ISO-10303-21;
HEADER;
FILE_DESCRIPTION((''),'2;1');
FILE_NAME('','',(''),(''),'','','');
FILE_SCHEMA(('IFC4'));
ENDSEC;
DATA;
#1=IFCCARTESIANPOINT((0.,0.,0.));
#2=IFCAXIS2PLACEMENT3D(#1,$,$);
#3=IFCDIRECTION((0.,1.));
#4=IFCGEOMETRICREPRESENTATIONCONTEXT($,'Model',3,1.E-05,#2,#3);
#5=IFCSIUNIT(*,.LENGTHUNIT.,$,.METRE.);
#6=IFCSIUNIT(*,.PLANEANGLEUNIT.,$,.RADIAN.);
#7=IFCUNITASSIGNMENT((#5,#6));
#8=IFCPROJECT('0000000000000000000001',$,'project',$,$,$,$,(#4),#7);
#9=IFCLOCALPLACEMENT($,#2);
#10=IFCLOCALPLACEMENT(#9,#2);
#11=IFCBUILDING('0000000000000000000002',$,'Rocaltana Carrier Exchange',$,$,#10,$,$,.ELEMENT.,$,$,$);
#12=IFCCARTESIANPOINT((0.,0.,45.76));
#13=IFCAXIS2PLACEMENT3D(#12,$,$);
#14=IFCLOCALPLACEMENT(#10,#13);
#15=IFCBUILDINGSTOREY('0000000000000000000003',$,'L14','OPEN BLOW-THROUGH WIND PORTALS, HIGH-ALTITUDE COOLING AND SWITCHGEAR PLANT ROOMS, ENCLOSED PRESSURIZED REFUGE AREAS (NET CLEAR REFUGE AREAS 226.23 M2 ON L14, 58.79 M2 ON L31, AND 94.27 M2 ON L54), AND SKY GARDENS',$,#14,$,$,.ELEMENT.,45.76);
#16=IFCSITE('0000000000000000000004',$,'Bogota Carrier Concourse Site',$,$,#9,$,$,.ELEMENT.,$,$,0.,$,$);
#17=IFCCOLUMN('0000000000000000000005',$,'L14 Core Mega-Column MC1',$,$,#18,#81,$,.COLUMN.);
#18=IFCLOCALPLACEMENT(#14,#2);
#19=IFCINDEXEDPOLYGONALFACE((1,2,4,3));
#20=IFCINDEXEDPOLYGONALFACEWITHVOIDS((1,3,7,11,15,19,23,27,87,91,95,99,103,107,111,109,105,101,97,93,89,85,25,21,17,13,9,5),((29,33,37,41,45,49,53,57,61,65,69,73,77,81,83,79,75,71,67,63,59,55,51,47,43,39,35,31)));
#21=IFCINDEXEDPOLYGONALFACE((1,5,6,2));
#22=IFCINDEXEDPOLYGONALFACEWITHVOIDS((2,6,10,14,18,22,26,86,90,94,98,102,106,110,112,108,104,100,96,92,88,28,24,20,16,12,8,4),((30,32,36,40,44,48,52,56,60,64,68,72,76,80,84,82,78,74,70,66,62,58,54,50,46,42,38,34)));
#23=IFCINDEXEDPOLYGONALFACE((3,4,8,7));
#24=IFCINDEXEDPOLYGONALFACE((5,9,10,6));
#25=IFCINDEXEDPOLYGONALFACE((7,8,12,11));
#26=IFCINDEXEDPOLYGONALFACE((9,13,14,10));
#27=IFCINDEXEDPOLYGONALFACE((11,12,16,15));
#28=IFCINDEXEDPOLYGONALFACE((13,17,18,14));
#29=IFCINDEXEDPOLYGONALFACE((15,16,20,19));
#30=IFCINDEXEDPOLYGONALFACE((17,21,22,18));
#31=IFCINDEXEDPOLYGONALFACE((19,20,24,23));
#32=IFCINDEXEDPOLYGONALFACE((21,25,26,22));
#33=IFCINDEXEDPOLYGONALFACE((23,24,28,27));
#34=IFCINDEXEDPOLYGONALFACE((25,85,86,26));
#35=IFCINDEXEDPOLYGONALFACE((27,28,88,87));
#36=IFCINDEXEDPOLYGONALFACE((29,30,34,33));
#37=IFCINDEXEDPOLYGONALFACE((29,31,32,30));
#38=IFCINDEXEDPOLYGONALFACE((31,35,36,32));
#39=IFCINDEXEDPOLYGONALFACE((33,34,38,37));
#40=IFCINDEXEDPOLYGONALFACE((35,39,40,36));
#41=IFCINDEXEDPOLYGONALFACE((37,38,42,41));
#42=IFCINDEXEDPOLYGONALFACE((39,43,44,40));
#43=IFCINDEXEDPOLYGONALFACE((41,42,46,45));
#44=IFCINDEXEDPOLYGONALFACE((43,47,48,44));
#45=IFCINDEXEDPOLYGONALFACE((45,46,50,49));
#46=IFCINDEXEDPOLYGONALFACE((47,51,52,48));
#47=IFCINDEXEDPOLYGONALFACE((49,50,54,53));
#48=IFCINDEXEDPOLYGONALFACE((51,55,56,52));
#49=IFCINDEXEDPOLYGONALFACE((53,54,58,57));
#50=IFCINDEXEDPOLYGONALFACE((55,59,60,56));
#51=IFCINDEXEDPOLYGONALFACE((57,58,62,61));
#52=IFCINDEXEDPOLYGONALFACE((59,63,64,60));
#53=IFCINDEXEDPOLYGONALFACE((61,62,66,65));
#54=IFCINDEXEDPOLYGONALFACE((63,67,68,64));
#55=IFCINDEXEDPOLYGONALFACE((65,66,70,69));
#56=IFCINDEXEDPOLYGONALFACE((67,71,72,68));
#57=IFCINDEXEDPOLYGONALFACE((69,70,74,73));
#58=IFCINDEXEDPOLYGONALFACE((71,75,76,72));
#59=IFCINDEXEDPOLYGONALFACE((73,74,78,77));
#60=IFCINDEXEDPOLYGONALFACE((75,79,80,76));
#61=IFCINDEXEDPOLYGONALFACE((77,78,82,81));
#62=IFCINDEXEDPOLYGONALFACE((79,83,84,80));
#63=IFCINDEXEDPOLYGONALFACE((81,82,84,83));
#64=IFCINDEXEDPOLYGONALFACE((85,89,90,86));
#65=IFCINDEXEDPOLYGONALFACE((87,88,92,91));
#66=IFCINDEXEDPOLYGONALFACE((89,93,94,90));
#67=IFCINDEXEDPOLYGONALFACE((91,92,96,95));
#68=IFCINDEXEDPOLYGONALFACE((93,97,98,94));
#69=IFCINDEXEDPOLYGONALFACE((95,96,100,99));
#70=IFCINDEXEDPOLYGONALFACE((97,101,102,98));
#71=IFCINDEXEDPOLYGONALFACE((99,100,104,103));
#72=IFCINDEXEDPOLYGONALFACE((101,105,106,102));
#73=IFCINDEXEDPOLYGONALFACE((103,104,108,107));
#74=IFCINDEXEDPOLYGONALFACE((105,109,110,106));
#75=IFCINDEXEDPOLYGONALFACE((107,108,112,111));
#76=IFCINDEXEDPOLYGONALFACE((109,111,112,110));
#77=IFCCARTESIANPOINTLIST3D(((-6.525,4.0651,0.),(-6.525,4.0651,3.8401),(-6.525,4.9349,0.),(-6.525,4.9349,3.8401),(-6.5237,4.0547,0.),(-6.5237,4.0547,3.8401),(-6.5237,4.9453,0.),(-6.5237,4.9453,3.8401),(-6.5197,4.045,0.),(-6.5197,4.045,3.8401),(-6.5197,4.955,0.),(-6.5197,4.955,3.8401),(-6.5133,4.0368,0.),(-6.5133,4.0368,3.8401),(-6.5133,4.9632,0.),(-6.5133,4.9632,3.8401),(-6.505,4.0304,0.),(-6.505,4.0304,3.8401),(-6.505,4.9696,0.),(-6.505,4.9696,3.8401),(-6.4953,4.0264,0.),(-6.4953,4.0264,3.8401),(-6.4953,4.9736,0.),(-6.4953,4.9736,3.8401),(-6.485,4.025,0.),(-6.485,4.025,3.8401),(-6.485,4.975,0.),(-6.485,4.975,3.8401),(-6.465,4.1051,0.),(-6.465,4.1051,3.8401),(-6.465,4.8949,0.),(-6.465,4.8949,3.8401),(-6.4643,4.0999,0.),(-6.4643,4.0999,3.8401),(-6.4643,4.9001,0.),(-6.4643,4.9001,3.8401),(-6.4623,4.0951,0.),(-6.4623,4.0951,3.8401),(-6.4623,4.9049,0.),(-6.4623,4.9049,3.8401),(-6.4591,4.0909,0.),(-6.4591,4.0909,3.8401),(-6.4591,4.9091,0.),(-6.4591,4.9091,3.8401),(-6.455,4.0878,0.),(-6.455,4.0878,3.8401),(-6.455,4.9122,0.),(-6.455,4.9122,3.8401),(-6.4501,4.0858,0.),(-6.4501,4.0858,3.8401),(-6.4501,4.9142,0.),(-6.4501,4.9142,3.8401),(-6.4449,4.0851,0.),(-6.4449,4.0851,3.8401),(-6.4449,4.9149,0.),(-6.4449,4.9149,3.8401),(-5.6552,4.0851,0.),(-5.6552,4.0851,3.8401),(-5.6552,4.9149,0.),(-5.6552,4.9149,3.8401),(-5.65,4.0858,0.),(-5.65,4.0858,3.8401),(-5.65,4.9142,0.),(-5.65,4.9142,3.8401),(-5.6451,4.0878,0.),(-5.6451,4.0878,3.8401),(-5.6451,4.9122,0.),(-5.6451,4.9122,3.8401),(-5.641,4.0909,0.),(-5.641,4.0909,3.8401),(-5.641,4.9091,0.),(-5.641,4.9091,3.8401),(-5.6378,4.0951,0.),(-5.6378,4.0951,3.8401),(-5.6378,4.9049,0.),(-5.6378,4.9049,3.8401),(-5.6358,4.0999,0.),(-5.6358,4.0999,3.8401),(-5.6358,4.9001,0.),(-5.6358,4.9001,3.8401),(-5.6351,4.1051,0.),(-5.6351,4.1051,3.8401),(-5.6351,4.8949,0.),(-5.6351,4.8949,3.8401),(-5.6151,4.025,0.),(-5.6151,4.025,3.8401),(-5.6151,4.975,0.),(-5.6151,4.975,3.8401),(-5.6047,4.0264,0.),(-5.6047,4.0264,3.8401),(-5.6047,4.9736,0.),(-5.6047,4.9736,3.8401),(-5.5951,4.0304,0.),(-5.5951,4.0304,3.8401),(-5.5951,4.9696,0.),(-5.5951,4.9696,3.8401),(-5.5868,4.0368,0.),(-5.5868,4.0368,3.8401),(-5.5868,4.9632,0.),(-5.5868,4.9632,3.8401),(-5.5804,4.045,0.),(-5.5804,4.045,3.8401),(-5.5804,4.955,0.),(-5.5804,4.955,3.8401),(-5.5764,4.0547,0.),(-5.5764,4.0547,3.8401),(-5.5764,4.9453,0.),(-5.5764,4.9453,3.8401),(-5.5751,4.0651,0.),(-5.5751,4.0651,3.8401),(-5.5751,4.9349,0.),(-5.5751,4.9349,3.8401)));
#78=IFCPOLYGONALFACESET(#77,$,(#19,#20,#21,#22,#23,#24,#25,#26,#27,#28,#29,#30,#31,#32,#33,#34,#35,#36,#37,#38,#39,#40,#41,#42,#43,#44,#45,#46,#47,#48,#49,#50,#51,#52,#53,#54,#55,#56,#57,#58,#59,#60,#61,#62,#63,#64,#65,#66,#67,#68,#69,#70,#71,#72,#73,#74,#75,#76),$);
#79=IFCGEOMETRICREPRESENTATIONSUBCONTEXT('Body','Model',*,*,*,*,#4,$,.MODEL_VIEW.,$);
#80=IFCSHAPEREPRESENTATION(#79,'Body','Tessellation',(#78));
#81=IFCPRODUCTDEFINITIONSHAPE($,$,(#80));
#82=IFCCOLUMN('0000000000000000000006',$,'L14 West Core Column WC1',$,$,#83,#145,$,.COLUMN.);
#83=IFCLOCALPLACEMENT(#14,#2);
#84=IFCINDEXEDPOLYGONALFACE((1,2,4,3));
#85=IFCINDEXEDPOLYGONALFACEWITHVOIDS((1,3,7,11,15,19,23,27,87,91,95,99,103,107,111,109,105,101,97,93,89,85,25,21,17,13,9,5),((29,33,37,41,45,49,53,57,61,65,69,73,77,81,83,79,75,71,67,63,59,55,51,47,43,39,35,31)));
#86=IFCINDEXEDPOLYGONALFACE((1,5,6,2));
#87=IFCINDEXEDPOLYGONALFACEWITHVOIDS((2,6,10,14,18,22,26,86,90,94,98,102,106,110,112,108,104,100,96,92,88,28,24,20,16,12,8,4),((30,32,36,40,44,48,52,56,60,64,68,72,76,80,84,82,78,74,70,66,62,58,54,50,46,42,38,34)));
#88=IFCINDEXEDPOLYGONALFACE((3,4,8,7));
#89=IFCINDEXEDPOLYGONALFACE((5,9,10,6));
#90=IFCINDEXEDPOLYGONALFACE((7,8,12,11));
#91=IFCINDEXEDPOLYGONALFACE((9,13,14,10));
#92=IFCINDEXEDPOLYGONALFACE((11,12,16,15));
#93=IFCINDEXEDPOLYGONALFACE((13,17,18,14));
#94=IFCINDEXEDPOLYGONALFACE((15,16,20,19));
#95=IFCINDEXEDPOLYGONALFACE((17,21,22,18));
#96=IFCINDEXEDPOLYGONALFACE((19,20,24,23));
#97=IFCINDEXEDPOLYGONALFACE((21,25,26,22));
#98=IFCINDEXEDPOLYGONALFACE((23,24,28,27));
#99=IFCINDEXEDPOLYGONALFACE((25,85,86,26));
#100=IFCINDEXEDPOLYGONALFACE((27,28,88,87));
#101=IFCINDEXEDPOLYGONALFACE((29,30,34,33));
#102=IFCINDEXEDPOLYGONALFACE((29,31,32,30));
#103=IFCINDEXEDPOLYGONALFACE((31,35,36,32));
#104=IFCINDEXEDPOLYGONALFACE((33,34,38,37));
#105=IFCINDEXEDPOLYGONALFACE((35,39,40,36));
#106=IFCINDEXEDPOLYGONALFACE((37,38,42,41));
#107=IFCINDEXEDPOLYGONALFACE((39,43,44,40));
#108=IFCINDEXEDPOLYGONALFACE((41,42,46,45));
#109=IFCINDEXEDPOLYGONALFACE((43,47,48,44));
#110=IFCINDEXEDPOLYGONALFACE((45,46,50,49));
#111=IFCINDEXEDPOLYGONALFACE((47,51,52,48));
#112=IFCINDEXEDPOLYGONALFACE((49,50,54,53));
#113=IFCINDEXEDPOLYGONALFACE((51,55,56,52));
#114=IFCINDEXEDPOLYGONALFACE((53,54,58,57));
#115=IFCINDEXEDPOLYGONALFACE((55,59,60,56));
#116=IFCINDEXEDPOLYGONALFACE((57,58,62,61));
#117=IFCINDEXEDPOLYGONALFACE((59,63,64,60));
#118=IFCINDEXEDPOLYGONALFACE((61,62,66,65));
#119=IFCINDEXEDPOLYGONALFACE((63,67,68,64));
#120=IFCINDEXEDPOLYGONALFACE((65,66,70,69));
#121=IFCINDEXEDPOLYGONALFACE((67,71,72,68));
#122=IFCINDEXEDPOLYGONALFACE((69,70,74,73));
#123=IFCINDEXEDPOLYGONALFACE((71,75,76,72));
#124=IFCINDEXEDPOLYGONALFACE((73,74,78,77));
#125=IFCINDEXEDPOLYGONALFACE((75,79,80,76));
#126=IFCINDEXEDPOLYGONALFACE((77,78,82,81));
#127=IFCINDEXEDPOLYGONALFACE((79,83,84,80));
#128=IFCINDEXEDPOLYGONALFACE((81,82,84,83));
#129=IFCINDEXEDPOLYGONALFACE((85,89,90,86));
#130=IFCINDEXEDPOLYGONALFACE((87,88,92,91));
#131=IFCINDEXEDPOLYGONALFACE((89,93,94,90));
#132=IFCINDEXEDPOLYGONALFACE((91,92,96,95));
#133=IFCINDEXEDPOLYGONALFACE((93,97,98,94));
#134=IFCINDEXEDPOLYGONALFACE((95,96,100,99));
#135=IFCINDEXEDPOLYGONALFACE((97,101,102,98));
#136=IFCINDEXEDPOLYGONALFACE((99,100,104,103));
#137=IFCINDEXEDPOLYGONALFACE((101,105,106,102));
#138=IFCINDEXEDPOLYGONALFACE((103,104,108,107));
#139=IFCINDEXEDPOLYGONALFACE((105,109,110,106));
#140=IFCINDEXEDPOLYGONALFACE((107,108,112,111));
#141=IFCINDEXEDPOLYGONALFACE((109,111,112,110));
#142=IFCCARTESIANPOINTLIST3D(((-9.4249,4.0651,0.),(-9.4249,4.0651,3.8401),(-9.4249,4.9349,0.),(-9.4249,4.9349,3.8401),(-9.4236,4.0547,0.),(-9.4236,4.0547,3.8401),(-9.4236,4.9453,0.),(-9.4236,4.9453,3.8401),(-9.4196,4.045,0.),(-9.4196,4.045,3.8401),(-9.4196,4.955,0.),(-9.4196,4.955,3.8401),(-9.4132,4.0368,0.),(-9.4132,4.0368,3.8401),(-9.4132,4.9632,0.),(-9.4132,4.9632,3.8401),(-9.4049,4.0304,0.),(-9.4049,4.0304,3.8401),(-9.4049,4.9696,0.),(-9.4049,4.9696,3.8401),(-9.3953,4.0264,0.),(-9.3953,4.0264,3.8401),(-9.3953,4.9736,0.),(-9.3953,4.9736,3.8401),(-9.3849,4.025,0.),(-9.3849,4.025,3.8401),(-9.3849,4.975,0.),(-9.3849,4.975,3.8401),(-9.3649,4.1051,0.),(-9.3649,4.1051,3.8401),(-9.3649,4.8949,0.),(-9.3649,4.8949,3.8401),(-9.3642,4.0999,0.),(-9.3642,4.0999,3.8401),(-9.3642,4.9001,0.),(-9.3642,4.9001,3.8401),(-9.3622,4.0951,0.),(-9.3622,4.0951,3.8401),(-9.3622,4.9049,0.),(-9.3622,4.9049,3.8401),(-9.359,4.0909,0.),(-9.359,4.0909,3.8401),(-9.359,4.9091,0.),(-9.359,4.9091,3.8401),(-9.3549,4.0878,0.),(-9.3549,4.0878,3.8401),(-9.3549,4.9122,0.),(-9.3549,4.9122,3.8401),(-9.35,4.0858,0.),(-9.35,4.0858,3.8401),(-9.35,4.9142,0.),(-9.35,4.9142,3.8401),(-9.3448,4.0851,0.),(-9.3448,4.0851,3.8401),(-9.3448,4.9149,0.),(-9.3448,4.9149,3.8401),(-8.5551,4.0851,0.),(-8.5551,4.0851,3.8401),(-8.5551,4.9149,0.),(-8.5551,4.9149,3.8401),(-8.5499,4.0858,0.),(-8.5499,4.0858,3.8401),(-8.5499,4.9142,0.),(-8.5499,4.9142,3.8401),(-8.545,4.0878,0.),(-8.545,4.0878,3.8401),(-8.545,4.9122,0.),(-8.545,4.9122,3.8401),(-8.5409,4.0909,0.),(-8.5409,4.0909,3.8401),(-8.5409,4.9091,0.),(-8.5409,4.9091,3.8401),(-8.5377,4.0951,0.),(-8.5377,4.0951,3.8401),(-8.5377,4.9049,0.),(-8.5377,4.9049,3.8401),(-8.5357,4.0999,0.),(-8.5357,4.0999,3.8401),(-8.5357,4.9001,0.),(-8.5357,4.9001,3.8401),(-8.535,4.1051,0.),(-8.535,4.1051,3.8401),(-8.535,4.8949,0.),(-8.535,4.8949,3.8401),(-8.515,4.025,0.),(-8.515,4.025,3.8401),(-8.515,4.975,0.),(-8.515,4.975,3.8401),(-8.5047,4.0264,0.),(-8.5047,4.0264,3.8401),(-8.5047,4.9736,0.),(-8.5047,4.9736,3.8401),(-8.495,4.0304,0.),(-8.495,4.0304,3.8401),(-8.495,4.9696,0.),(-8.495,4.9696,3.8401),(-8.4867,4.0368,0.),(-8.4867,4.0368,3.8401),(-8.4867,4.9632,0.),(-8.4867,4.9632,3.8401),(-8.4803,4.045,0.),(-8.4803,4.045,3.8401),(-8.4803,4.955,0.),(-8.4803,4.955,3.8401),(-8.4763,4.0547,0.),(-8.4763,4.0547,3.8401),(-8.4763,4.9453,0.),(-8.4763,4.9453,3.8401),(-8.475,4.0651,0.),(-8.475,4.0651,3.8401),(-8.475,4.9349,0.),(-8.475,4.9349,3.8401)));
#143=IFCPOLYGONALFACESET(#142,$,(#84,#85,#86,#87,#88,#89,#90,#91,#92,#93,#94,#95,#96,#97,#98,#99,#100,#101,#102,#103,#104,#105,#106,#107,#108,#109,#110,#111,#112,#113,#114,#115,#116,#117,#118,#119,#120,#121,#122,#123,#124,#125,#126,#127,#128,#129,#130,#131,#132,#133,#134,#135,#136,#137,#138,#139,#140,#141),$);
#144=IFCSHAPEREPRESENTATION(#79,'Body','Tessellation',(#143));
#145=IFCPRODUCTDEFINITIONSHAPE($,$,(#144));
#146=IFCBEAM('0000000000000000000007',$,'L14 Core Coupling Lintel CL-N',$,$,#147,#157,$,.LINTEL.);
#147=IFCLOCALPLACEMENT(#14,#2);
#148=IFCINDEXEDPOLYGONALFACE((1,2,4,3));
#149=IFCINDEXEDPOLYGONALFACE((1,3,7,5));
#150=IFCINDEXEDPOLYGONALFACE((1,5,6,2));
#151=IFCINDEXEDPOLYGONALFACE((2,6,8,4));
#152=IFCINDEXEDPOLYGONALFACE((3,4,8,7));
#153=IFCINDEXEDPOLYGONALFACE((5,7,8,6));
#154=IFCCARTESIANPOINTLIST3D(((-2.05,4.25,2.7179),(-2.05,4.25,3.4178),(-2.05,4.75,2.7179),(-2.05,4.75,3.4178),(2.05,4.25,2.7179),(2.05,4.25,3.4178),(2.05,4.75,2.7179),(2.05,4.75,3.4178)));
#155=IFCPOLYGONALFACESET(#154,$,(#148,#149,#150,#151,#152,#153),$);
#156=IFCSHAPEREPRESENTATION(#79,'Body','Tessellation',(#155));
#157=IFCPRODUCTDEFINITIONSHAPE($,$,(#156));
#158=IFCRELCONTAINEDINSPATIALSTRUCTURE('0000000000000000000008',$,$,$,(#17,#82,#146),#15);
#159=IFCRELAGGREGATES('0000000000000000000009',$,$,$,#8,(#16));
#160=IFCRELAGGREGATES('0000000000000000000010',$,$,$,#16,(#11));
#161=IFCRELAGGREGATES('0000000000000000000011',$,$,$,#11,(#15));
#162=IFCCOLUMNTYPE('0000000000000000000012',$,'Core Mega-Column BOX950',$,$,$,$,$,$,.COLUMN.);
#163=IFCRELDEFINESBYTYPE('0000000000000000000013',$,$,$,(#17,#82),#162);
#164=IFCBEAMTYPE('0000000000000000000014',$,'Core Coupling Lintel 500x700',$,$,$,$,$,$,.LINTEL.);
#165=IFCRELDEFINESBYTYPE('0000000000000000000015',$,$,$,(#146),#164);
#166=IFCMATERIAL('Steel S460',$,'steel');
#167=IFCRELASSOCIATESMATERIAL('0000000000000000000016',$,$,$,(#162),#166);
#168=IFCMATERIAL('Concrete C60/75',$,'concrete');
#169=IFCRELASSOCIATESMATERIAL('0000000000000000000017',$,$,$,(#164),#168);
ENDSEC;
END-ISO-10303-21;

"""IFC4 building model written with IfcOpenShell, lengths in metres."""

from ifc_helpers import new_model, si_unit, direction, frame, origin, origin_2d, place, context, subcontext, project, spatial, rectangle, hollow_rectangle, extrude, material, material_profile, profile_set, type_object, element, save


model = new_model("IFC4")

# Units and contexts
model_context = context("Model", 3, precision=1e-05, world=origin(), true_north=direction((0.0, 1.0)))
body_context = subcontext(model_context, "Body", "Model", "MODEL_VIEW")
ifc_project = project(units=[si_unit("LENGTHUNIT", "METRE"), si_unit("PLANEANGLEUNIT", "RADIAN")], contexts=[model_context])

# Site, building, storey
site_placement = place(None, origin())
site = spatial("IfcSite", under=ifc_project, at=site_placement, Name="Bogota Carrier Concourse Site", CompositionType="ELEMENT", RefElevation=0.0)
building_placement = place(site_placement, origin())
building = spatial("IfcBuilding", under=site, at=building_placement, Name="Rocaltana Carrier Exchange", CompositionType="ELEMENT")
storey_placement = place(building_placement, frame((0.0, 0.0, 45.76)))
storey = spatial("IfcBuildingStorey", under=building, at=storey_placement, Name="L14", Description="OPEN BLOW-THROUGH WIND PORTALS, HIGH-ALTITUDE COOLING AND SWITCHGEAR PLANT ROOMS, ENCLOSED PRESSURIZED REFUGE AREAS (NET CLEAR REFUGE AREAS 226.23 M2 ON L14, 58.79 M2 ON L31, AND 94.27 M2 ON L54), AND SKY GARDENS", CompositionType="ELEMENT", Elevation=45.76)

# Columns
ifc_material_1 = material(Name="Steel S460", Category="steel")
ifc_material_profile_1 = material_profile(ifc_material_1, hollow_rectangle(XDim=0.95, YDim=0.95, WallThickness=0.0601, InnerFilletRadius=0.02, OuterFilletRadius=0.04, at=origin_2d()), Name="BOX950X950X60")
ifc_profile_set_1 = profile_set([ifc_material_profile_1], Name="Steel S460")
column_type = type_object("IfcColumnType", Name="Core Mega-Column BOX950", PredefinedType="COLUMN", material=ifc_profile_set_1)
for number, where, z_axis, x_axis, name in (
    (1, (-6.05, 4.5, 0.0), (0.0, 0.0, 1.0), (1.0, 0.0, 0.0), "L14 Core Mega-Column MC1"),
    (2, (-8.95, 4.5, 0.0), (0.0, 0.0, 1.0), (1.0, 0.0, 0.0), "L14 West Core Column WC1"),
):
    element("IfcColumn", number, at=place(storey_placement, frame(where, z_axis=z_axis, x_axis=x_axis)), inside=storey, type_object=column_type, Name=name, PredefinedType="COLUMN", context=body_context, shape_type="SweptSolid", body=[
        extrude(hollow_rectangle(XDim=0.95, YDim=0.95, WallThickness=0.0601, InnerFilletRadius=0.02, OuterFilletRadius=0.04, at=origin_2d()), origin(), (0.0, 0.0, 1.0), 3.8401),
    ])

# Beam
ifc_material_2 = material(Name="Concrete C60/75", Category="concrete")
ifc_material_profile_2 = material_profile(ifc_material_2, rectangle(XDim=0.5, YDim=0.7, at=origin_2d()), Name="RC-BM-500X700")
ifc_profile_set_2 = profile_set([ifc_material_profile_2], Name="Concrete C60/75")
beam_type_1 = type_object("IfcBeamType", Name="Core Coupling Lintel 500x700", PredefinedType="LINTEL", material=ifc_profile_set_2)
beam_1_placement = place(storey_placement, frame((-2.05, 4.5, 3.0679), z_axis=(1.0, 0.0, 0.0), x_axis=(0.0, 1.0, 0.0)))
element("IfcBeam", 3, at=beam_1_placement, inside=storey, type_object=beam_type_1, Name="L14 Core Coupling Lintel CL-N", PredefinedType="LINTEL", context=body_context, shape_type="SweptSolid", body=[
    extrude(rectangle(XDim=0.5, YDim=0.7, at=origin_2d()), origin(), (0.0, 0.0, 1.0), 4.1001),
])

save(model, "model.ifc")
